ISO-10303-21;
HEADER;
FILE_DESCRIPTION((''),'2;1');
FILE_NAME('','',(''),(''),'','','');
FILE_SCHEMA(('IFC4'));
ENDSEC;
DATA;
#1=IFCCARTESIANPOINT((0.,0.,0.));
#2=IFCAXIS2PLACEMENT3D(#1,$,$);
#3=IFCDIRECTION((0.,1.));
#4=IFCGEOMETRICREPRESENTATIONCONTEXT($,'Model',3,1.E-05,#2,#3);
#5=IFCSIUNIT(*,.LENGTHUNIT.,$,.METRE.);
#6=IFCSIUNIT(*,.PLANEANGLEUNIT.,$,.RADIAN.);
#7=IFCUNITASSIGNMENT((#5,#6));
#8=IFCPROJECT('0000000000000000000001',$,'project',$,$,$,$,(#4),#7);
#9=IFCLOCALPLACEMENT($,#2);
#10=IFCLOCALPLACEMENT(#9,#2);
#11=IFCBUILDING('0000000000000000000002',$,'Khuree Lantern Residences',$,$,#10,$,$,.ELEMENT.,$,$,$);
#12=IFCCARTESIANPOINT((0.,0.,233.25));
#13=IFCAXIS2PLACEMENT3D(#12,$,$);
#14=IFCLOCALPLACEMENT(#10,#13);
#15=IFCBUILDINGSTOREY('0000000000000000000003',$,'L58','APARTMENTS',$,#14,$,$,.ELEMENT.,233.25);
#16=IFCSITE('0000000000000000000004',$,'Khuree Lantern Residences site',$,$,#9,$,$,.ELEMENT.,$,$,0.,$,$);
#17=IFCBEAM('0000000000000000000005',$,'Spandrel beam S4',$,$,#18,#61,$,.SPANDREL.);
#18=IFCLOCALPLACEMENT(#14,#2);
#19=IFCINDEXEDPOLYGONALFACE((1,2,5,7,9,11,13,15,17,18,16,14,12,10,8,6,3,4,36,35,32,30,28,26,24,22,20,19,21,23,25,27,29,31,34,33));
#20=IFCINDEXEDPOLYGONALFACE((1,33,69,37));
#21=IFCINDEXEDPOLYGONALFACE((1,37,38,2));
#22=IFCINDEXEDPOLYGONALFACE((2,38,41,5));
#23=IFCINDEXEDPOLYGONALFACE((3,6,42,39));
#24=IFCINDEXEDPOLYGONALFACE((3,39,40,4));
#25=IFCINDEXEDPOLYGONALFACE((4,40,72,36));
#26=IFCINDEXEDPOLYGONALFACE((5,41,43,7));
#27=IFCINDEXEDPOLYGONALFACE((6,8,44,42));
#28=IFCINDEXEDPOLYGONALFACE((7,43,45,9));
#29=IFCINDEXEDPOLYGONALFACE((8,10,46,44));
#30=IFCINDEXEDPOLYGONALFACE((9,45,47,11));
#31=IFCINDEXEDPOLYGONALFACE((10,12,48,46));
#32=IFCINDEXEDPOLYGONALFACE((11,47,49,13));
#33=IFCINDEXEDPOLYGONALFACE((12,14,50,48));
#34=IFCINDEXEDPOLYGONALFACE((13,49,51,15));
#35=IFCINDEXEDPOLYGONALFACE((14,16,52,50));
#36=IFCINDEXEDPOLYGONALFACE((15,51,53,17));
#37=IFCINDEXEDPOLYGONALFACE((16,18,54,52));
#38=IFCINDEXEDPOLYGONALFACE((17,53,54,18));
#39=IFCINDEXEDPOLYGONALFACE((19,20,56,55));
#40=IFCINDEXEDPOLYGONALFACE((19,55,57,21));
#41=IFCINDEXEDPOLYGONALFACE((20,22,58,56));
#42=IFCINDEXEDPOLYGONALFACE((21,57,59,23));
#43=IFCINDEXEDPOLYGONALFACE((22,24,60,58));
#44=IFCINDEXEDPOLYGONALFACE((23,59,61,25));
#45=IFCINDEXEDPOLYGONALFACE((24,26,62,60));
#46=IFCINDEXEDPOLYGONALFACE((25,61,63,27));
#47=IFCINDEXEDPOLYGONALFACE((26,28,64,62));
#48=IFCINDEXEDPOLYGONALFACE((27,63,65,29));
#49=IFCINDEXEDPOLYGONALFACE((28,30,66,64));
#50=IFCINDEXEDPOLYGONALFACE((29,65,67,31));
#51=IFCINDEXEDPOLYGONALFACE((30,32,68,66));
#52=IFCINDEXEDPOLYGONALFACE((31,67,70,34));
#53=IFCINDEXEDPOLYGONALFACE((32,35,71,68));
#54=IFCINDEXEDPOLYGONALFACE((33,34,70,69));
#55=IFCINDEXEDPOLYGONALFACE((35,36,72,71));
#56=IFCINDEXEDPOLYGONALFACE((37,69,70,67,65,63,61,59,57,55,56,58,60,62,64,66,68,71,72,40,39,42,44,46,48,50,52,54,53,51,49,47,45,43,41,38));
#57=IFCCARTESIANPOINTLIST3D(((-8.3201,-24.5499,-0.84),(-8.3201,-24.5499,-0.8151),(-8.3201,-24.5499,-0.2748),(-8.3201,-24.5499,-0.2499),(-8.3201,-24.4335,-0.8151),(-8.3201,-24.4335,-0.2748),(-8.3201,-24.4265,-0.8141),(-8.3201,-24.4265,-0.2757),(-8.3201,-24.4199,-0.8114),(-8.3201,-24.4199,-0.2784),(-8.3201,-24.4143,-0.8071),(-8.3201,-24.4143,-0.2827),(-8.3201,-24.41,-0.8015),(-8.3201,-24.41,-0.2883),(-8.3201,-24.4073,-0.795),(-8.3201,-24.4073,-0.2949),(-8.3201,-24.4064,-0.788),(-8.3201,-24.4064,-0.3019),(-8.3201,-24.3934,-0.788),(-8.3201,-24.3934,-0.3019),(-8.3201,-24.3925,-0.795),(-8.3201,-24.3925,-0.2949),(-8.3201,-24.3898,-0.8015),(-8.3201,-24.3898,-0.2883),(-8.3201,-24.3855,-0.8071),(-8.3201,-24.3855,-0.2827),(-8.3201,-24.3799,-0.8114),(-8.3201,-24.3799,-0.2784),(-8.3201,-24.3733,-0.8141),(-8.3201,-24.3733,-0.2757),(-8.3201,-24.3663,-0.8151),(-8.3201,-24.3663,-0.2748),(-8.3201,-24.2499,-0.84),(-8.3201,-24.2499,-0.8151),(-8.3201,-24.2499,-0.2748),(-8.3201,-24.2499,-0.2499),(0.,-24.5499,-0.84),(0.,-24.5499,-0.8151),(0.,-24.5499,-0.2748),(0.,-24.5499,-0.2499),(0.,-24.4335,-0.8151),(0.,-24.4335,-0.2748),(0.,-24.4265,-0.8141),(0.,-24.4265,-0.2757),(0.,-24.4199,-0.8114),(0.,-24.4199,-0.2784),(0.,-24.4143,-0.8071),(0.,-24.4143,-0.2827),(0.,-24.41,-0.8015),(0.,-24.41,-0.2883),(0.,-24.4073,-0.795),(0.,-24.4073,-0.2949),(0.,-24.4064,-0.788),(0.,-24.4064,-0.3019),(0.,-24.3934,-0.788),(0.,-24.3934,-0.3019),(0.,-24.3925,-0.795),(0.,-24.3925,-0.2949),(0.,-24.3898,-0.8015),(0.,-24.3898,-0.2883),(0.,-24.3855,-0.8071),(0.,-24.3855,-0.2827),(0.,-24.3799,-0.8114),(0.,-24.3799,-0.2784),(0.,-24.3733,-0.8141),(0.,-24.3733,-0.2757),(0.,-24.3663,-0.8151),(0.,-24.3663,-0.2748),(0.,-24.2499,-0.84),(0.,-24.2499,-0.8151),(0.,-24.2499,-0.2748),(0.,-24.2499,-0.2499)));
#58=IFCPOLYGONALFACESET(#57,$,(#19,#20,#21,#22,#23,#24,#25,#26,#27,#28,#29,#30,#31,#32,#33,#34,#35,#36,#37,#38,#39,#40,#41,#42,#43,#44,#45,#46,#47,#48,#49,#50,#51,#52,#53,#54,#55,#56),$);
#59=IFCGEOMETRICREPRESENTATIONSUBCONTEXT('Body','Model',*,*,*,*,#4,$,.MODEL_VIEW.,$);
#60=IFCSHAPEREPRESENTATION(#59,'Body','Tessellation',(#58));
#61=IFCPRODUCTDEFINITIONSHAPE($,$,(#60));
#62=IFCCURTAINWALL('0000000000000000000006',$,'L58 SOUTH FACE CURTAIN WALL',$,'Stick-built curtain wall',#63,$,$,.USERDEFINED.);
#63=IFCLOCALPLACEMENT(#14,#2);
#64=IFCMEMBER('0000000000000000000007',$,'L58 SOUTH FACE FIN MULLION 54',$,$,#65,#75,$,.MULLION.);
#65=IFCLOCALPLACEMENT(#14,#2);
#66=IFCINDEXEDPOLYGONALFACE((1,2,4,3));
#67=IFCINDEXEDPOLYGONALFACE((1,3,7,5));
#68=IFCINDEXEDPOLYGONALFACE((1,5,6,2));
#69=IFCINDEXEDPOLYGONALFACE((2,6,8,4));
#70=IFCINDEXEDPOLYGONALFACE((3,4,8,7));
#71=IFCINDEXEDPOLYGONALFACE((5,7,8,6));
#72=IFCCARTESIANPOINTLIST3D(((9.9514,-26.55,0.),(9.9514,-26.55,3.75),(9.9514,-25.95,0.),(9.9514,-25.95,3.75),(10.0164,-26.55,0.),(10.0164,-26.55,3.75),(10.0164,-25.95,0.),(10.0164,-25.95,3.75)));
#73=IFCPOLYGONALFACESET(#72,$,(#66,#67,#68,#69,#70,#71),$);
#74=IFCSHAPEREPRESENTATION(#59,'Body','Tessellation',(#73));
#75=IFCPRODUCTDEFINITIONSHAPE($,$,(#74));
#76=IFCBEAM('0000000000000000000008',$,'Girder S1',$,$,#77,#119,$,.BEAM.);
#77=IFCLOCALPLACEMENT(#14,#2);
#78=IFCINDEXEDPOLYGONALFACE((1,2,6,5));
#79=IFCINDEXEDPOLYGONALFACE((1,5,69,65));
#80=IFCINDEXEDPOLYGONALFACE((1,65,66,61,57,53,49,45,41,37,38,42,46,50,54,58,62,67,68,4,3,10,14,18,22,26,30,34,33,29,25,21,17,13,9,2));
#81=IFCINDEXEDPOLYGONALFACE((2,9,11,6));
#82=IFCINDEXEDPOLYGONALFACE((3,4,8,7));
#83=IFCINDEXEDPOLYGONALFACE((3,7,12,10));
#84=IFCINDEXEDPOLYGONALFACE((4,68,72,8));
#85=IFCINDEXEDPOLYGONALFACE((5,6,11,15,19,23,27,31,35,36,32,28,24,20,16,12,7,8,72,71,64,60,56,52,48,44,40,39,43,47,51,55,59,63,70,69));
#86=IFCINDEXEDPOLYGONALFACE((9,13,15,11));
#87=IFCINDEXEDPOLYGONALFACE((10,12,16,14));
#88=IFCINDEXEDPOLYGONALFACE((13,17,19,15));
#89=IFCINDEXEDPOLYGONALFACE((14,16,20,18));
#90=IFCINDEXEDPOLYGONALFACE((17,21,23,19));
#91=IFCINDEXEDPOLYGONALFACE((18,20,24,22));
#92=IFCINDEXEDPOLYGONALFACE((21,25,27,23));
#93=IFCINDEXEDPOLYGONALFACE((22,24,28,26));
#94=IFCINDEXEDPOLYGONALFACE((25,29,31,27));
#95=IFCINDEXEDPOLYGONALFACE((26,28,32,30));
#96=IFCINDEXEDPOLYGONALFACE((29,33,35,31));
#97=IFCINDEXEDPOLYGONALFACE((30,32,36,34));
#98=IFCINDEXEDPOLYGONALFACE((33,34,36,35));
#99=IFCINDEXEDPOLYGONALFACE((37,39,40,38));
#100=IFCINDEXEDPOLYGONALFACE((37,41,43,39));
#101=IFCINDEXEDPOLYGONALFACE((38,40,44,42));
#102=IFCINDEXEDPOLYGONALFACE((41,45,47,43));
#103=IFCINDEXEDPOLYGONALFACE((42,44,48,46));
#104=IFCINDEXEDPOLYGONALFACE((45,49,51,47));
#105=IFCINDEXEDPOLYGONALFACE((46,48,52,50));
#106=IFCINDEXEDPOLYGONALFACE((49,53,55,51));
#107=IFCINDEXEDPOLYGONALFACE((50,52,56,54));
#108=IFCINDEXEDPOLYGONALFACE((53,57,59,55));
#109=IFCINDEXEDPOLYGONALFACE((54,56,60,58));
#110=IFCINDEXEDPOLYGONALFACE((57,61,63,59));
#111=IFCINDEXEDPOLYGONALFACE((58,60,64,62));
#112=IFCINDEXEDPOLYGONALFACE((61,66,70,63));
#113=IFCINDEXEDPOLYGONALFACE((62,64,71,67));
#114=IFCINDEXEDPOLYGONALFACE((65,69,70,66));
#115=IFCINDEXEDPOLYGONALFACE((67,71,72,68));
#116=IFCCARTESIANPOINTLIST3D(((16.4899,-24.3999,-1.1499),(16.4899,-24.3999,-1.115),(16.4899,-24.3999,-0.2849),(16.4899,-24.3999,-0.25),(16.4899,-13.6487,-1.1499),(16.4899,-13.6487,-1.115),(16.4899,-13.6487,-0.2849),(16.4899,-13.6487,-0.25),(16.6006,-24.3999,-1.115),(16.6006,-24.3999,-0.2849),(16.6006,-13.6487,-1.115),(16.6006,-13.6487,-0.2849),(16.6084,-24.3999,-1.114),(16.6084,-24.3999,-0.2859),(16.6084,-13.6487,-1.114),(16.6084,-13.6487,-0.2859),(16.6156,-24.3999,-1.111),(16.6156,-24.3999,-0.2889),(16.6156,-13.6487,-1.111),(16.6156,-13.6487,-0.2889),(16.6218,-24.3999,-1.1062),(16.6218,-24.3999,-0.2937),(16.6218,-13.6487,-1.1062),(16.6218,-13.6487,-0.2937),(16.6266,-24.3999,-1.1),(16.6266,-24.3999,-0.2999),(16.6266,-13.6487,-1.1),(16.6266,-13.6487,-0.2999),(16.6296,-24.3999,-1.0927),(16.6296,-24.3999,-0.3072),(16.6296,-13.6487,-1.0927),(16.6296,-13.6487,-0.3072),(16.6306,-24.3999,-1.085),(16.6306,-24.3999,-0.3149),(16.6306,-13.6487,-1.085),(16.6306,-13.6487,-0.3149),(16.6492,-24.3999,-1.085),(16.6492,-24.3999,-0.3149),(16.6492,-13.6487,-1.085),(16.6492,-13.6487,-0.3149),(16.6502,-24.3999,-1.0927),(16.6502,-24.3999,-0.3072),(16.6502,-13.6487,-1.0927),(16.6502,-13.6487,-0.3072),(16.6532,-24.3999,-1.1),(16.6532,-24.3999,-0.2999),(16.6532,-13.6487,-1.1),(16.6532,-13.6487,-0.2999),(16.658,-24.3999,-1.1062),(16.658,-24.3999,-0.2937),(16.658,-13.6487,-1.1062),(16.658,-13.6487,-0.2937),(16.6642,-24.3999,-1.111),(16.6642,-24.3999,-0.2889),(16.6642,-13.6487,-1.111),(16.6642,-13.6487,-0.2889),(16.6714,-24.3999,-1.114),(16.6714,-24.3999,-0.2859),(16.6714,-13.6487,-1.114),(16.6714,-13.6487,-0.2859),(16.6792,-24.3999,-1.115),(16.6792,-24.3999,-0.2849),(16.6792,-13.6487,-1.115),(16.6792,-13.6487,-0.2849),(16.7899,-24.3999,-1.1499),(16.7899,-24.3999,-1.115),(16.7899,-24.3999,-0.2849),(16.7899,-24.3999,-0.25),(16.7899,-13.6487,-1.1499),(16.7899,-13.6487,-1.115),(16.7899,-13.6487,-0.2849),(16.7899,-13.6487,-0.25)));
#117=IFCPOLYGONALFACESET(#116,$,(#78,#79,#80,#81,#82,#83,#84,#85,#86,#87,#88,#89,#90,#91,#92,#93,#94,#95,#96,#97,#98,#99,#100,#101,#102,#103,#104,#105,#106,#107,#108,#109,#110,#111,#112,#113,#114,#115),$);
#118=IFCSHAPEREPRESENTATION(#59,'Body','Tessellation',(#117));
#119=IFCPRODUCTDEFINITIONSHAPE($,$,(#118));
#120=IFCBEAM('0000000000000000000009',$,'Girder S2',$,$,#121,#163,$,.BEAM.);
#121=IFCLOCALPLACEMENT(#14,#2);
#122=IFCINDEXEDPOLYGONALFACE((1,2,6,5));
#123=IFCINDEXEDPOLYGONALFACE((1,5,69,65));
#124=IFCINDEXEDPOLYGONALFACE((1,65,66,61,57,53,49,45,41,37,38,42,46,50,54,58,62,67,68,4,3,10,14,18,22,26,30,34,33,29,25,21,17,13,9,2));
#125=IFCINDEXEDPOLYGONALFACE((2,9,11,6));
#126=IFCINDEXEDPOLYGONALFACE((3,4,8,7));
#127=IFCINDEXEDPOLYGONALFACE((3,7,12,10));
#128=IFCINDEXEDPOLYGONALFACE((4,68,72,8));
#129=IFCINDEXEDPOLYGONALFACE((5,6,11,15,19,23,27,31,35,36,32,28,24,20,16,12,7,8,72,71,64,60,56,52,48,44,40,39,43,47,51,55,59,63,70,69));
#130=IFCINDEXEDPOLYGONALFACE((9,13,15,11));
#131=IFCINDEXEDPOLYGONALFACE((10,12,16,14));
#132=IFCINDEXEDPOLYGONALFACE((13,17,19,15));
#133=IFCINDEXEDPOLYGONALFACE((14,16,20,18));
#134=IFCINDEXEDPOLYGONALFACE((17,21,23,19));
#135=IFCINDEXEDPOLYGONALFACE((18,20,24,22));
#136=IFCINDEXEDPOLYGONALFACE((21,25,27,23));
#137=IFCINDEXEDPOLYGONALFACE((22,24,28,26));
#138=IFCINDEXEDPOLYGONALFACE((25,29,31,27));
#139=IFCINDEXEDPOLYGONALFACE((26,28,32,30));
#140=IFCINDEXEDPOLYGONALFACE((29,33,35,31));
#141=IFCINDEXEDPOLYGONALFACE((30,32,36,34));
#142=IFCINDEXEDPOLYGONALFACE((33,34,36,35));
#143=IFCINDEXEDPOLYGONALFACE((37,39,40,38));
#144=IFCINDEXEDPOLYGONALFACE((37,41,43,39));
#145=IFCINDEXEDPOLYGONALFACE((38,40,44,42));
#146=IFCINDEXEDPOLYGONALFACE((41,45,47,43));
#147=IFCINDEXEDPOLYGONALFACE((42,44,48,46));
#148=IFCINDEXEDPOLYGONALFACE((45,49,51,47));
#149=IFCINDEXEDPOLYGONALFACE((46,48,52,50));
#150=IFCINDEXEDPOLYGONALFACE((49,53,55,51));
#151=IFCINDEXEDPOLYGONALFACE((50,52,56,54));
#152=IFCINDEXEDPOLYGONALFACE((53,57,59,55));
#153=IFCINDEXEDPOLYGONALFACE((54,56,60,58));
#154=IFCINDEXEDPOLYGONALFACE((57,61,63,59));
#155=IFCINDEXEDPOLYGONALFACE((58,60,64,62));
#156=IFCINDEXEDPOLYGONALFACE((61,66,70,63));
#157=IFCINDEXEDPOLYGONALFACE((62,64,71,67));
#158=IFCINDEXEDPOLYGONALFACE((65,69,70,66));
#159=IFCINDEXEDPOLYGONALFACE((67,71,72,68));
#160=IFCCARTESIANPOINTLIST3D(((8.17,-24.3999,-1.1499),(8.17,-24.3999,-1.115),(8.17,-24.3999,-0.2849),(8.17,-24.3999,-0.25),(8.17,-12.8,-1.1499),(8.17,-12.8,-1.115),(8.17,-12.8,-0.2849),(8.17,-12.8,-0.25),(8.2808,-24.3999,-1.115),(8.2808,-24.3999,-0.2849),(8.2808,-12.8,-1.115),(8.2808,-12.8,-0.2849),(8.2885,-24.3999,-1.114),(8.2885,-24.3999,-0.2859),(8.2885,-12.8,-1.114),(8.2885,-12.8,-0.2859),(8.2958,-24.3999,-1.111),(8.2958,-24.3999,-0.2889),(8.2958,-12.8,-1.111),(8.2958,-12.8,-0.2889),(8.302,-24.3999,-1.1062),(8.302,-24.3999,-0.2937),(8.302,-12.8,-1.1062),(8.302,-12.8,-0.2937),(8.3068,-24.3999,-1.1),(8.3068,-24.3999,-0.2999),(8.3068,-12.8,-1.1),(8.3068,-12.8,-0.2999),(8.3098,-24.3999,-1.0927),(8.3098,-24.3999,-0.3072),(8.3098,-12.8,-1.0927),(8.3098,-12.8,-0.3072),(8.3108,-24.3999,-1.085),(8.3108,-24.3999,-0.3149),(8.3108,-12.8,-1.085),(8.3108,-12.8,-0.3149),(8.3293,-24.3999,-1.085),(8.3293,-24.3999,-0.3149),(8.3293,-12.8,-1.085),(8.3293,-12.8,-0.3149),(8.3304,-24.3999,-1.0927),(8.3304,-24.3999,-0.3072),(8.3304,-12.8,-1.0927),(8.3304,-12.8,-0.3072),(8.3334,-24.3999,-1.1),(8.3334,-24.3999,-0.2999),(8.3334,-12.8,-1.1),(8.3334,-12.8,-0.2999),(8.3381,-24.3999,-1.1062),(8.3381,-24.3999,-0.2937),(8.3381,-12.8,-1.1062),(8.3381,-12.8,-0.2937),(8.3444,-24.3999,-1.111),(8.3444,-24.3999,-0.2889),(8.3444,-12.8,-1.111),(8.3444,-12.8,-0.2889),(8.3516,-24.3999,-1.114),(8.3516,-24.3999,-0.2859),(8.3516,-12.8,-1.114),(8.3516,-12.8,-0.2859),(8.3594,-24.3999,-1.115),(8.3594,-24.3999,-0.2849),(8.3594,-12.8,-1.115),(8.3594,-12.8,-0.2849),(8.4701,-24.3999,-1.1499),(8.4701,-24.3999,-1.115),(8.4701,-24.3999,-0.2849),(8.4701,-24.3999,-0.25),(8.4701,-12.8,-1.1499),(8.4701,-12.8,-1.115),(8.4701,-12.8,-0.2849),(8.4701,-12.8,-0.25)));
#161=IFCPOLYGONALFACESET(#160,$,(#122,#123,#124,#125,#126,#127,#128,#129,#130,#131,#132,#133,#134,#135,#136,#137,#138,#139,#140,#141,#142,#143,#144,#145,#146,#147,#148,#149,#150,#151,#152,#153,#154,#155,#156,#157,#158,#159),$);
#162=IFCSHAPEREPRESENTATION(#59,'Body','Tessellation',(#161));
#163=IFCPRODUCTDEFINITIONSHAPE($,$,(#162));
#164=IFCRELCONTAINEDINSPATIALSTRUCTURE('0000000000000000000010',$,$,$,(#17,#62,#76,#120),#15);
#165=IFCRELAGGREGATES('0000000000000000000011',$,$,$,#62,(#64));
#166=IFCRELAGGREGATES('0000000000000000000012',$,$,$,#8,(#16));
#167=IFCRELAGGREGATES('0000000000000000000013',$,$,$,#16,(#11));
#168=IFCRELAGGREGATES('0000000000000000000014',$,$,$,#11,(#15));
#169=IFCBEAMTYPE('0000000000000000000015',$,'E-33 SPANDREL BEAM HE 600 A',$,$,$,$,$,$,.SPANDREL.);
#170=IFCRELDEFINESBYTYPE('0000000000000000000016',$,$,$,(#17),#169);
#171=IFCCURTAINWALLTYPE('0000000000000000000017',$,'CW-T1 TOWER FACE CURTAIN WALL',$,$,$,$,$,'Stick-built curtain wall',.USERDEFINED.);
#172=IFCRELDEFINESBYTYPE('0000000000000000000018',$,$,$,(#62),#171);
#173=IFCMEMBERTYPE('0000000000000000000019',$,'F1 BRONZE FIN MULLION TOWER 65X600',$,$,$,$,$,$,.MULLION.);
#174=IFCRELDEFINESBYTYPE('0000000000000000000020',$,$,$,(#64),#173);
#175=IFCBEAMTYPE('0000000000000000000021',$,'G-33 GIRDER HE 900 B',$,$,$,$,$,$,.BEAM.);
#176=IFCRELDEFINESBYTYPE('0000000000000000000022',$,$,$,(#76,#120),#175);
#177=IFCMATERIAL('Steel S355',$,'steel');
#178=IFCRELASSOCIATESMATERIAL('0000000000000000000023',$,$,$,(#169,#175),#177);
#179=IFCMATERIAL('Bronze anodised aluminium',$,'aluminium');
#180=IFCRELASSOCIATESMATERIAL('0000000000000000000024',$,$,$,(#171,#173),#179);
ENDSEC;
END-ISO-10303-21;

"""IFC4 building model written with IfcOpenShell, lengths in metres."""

from ifc_helpers import new_model, si_unit, direction, frame, origin, origin_2d, place, context, subcontext, project, spatial, rectangle, i_section, extrude, material, material_profile, profile_set, type_object, element, aggregate, save


model = new_model("IFC4")

# Units and contexts
model_context = context("Model", 3, precision=1e-05, world=origin(), true_north=direction((0.0, 1.0)))
body_context = subcontext(model_context, "Body", "Model", "MODEL_VIEW")
ifc_project = project(units=[si_unit("LENGTHUNIT", "METRE"), si_unit("PLANEANGLEUNIT", "RADIAN")], contexts=[model_context])

# Site, building, storey
site_placement = place(None, origin())
site = spatial("IfcSite", under=ifc_project, at=site_placement, Name="Khuree Lantern Residences site", CompositionType="ELEMENT", RefElevation=0.0)
building_placement = place(site_placement, origin())
building = spatial("IfcBuilding", under=site, at=building_placement, Name="Khuree Lantern Residences", CompositionType="ELEMENT")
storey_placement = place(building_placement, frame((0.0, 0.0, 233.25)))
storey = spatial("IfcBuildingStorey", under=building, at=storey_placement, Name="L58", Description="APARTMENTS", CompositionType="ELEMENT", Elevation=233.25)

# Beam
ifc_material_1 = material(Name="Steel S355", Category="steel")
ifc_material_profile_1 = material_profile(ifc_material_1, i_section(OverallWidth=0.3, OverallDepth=0.5901, WebThickness=0.0129, FlangeThickness=0.0249, FilletRadius=0.0271, at=origin_2d()), Name="HE 600 A")
ifc_profile_set_1 = profile_set([ifc_material_profile_1], Name="Steel S355")
beam_type_1 = type_object("IfcBeamType", Name="E-33 SPANDREL BEAM HE 600 A", PredefinedType="SPANDREL", material=ifc_profile_set_1)
for number, where, z_axis, x_axis, name in (
    (1, (0.0, -24.3999, -0.5449), (-1.0, 0.0, 0.0), (0.0, -1.0, 0.0), "Spandrel beam S4"),
):
    element("IfcBeam", number, at=place(storey_placement, frame(where, z_axis=z_axis, x_axis=x_axis)), inside=storey, type_object=beam_type_1, Name=name, PredefinedType="SPANDREL", context=body_context, shape_type="SweptSolid", body=[
        extrude(i_section(OverallWidth=0.3, OverallDepth=0.5901, WebThickness=0.0129, FlangeThickness=0.0249, FilletRadius=0.0271, at=origin_2d()), origin(), (0.0, 0.0, 1.0), 8.3201),
    ])

# Curtain wall, member
ifc_material_2 = material(Name="Bronze anodised aluminium", Category="aluminium")
curtain_wall_type = type_object("IfcCurtainWallType", Name="CW-T1 TOWER FACE CURTAIN WALL", ElementType="Stick-built curtain wall", PredefinedType="USERDEFINED", material=ifc_material_2)
curtain_wall_placement = place(storey_placement, origin())
curtain_wall = element("IfcCurtainWall", 2, at=curtain_wall_placement, inside=storey, type_object=curtain_wall_type, Name="L58 SOUTH FACE CURTAIN WALL", ObjectType="Stick-built curtain wall", PredefinedType="USERDEFINED")
ifc_material_profile_2 = material_profile(ifc_material_2, rectangle(XDim=0.0649, YDim=0.6001, at=origin_2d()), Name="F1 65X600")
ifc_profile_set_2 = profile_set([ifc_material_profile_2], Name="Bronze anodised aluminium")
member_type_1 = type_object("IfcMemberType", Name="F1 BRONZE FIN MULLION TOWER 65X600", PredefinedType="MULLION", material=ifc_profile_set_2)
member_1_placement = place(storey_placement, frame((9.9839, -26.25, 0.0), z_axis=(0.0, 0.0, 1.0), x_axis=(1.0, 0.0, 0.0)))
member_1 = element("IfcMember", 3, at=member_1_placement, type_object=member_type_1, Name="L58 SOUTH FACE FIN MULLION 54", PredefinedType="MULLION", context=body_context, shape_type="SweptSolid", body=[
    extrude(rectangle(XDim=0.0649, YDim=0.6001, at=origin_2d()), origin(), (0.0, 0.0, 1.0), 3.75),
])

# Beams
ifc_material_profile_3 = material_profile(ifc_material_1, i_section(OverallWidth=0.3, OverallDepth=0.8999, WebThickness=0.0186, FlangeThickness=0.0349, FilletRadius=0.03, at=origin_2d()), Name="HE 900 B")
ifc_profile_set_3 = profile_set([ifc_material_profile_3], Name="Steel S355")
beam_type_2 = type_object("IfcBeamType", Name="G-33 GIRDER HE 900 B", PredefinedType="BEAM", material=ifc_profile_set_3)
beam_placement = place(storey_placement, frame((16.6399, -24.3999, -0.7), z_axis=(0.0, 1.0, 0.0), x_axis=(-1.0, 0.0, 0.0)))
element("IfcBeam", 4, at=beam_placement, inside=storey, type_object=beam_type_2, Name="Girder S1", PredefinedType="BEAM", context=body_context, shape_type="SweptSolid", body=[
    extrude(i_section(OverallWidth=0.3, OverallDepth=0.8999, WebThickness=0.0186, FlangeThickness=0.0349, FilletRadius=0.03, at=origin_2d()), origin(), (0.0, 0.0, 1.0), 10.7512),
])
for number, where, z_axis, x_axis, name in (
    (5, (8.3201, -24.3999, -0.7), (0.0, 1.0, 0.0), (-1.0, 0.0, 0.0), "Girder S2"),
):
    element("IfcBeam", number, at=place(storey_placement, frame(where, z_axis=z_axis, x_axis=x_axis)), inside=storey, type_object=beam_type_2, Name=name, PredefinedType="BEAM", context=body_context, shape_type="SweptSolid", body=[
        extrude(i_section(OverallWidth=0.3, OverallDepth=0.8999, WebThickness=0.0186, FlangeThickness=0.0349, FilletRadius=0.03, at=origin_2d()), origin(), (0.0, 0.0, 1.0), 11.5999),
    ])

aggregate(curtain_wall, [member_1])

save(model, "model.ifc")
